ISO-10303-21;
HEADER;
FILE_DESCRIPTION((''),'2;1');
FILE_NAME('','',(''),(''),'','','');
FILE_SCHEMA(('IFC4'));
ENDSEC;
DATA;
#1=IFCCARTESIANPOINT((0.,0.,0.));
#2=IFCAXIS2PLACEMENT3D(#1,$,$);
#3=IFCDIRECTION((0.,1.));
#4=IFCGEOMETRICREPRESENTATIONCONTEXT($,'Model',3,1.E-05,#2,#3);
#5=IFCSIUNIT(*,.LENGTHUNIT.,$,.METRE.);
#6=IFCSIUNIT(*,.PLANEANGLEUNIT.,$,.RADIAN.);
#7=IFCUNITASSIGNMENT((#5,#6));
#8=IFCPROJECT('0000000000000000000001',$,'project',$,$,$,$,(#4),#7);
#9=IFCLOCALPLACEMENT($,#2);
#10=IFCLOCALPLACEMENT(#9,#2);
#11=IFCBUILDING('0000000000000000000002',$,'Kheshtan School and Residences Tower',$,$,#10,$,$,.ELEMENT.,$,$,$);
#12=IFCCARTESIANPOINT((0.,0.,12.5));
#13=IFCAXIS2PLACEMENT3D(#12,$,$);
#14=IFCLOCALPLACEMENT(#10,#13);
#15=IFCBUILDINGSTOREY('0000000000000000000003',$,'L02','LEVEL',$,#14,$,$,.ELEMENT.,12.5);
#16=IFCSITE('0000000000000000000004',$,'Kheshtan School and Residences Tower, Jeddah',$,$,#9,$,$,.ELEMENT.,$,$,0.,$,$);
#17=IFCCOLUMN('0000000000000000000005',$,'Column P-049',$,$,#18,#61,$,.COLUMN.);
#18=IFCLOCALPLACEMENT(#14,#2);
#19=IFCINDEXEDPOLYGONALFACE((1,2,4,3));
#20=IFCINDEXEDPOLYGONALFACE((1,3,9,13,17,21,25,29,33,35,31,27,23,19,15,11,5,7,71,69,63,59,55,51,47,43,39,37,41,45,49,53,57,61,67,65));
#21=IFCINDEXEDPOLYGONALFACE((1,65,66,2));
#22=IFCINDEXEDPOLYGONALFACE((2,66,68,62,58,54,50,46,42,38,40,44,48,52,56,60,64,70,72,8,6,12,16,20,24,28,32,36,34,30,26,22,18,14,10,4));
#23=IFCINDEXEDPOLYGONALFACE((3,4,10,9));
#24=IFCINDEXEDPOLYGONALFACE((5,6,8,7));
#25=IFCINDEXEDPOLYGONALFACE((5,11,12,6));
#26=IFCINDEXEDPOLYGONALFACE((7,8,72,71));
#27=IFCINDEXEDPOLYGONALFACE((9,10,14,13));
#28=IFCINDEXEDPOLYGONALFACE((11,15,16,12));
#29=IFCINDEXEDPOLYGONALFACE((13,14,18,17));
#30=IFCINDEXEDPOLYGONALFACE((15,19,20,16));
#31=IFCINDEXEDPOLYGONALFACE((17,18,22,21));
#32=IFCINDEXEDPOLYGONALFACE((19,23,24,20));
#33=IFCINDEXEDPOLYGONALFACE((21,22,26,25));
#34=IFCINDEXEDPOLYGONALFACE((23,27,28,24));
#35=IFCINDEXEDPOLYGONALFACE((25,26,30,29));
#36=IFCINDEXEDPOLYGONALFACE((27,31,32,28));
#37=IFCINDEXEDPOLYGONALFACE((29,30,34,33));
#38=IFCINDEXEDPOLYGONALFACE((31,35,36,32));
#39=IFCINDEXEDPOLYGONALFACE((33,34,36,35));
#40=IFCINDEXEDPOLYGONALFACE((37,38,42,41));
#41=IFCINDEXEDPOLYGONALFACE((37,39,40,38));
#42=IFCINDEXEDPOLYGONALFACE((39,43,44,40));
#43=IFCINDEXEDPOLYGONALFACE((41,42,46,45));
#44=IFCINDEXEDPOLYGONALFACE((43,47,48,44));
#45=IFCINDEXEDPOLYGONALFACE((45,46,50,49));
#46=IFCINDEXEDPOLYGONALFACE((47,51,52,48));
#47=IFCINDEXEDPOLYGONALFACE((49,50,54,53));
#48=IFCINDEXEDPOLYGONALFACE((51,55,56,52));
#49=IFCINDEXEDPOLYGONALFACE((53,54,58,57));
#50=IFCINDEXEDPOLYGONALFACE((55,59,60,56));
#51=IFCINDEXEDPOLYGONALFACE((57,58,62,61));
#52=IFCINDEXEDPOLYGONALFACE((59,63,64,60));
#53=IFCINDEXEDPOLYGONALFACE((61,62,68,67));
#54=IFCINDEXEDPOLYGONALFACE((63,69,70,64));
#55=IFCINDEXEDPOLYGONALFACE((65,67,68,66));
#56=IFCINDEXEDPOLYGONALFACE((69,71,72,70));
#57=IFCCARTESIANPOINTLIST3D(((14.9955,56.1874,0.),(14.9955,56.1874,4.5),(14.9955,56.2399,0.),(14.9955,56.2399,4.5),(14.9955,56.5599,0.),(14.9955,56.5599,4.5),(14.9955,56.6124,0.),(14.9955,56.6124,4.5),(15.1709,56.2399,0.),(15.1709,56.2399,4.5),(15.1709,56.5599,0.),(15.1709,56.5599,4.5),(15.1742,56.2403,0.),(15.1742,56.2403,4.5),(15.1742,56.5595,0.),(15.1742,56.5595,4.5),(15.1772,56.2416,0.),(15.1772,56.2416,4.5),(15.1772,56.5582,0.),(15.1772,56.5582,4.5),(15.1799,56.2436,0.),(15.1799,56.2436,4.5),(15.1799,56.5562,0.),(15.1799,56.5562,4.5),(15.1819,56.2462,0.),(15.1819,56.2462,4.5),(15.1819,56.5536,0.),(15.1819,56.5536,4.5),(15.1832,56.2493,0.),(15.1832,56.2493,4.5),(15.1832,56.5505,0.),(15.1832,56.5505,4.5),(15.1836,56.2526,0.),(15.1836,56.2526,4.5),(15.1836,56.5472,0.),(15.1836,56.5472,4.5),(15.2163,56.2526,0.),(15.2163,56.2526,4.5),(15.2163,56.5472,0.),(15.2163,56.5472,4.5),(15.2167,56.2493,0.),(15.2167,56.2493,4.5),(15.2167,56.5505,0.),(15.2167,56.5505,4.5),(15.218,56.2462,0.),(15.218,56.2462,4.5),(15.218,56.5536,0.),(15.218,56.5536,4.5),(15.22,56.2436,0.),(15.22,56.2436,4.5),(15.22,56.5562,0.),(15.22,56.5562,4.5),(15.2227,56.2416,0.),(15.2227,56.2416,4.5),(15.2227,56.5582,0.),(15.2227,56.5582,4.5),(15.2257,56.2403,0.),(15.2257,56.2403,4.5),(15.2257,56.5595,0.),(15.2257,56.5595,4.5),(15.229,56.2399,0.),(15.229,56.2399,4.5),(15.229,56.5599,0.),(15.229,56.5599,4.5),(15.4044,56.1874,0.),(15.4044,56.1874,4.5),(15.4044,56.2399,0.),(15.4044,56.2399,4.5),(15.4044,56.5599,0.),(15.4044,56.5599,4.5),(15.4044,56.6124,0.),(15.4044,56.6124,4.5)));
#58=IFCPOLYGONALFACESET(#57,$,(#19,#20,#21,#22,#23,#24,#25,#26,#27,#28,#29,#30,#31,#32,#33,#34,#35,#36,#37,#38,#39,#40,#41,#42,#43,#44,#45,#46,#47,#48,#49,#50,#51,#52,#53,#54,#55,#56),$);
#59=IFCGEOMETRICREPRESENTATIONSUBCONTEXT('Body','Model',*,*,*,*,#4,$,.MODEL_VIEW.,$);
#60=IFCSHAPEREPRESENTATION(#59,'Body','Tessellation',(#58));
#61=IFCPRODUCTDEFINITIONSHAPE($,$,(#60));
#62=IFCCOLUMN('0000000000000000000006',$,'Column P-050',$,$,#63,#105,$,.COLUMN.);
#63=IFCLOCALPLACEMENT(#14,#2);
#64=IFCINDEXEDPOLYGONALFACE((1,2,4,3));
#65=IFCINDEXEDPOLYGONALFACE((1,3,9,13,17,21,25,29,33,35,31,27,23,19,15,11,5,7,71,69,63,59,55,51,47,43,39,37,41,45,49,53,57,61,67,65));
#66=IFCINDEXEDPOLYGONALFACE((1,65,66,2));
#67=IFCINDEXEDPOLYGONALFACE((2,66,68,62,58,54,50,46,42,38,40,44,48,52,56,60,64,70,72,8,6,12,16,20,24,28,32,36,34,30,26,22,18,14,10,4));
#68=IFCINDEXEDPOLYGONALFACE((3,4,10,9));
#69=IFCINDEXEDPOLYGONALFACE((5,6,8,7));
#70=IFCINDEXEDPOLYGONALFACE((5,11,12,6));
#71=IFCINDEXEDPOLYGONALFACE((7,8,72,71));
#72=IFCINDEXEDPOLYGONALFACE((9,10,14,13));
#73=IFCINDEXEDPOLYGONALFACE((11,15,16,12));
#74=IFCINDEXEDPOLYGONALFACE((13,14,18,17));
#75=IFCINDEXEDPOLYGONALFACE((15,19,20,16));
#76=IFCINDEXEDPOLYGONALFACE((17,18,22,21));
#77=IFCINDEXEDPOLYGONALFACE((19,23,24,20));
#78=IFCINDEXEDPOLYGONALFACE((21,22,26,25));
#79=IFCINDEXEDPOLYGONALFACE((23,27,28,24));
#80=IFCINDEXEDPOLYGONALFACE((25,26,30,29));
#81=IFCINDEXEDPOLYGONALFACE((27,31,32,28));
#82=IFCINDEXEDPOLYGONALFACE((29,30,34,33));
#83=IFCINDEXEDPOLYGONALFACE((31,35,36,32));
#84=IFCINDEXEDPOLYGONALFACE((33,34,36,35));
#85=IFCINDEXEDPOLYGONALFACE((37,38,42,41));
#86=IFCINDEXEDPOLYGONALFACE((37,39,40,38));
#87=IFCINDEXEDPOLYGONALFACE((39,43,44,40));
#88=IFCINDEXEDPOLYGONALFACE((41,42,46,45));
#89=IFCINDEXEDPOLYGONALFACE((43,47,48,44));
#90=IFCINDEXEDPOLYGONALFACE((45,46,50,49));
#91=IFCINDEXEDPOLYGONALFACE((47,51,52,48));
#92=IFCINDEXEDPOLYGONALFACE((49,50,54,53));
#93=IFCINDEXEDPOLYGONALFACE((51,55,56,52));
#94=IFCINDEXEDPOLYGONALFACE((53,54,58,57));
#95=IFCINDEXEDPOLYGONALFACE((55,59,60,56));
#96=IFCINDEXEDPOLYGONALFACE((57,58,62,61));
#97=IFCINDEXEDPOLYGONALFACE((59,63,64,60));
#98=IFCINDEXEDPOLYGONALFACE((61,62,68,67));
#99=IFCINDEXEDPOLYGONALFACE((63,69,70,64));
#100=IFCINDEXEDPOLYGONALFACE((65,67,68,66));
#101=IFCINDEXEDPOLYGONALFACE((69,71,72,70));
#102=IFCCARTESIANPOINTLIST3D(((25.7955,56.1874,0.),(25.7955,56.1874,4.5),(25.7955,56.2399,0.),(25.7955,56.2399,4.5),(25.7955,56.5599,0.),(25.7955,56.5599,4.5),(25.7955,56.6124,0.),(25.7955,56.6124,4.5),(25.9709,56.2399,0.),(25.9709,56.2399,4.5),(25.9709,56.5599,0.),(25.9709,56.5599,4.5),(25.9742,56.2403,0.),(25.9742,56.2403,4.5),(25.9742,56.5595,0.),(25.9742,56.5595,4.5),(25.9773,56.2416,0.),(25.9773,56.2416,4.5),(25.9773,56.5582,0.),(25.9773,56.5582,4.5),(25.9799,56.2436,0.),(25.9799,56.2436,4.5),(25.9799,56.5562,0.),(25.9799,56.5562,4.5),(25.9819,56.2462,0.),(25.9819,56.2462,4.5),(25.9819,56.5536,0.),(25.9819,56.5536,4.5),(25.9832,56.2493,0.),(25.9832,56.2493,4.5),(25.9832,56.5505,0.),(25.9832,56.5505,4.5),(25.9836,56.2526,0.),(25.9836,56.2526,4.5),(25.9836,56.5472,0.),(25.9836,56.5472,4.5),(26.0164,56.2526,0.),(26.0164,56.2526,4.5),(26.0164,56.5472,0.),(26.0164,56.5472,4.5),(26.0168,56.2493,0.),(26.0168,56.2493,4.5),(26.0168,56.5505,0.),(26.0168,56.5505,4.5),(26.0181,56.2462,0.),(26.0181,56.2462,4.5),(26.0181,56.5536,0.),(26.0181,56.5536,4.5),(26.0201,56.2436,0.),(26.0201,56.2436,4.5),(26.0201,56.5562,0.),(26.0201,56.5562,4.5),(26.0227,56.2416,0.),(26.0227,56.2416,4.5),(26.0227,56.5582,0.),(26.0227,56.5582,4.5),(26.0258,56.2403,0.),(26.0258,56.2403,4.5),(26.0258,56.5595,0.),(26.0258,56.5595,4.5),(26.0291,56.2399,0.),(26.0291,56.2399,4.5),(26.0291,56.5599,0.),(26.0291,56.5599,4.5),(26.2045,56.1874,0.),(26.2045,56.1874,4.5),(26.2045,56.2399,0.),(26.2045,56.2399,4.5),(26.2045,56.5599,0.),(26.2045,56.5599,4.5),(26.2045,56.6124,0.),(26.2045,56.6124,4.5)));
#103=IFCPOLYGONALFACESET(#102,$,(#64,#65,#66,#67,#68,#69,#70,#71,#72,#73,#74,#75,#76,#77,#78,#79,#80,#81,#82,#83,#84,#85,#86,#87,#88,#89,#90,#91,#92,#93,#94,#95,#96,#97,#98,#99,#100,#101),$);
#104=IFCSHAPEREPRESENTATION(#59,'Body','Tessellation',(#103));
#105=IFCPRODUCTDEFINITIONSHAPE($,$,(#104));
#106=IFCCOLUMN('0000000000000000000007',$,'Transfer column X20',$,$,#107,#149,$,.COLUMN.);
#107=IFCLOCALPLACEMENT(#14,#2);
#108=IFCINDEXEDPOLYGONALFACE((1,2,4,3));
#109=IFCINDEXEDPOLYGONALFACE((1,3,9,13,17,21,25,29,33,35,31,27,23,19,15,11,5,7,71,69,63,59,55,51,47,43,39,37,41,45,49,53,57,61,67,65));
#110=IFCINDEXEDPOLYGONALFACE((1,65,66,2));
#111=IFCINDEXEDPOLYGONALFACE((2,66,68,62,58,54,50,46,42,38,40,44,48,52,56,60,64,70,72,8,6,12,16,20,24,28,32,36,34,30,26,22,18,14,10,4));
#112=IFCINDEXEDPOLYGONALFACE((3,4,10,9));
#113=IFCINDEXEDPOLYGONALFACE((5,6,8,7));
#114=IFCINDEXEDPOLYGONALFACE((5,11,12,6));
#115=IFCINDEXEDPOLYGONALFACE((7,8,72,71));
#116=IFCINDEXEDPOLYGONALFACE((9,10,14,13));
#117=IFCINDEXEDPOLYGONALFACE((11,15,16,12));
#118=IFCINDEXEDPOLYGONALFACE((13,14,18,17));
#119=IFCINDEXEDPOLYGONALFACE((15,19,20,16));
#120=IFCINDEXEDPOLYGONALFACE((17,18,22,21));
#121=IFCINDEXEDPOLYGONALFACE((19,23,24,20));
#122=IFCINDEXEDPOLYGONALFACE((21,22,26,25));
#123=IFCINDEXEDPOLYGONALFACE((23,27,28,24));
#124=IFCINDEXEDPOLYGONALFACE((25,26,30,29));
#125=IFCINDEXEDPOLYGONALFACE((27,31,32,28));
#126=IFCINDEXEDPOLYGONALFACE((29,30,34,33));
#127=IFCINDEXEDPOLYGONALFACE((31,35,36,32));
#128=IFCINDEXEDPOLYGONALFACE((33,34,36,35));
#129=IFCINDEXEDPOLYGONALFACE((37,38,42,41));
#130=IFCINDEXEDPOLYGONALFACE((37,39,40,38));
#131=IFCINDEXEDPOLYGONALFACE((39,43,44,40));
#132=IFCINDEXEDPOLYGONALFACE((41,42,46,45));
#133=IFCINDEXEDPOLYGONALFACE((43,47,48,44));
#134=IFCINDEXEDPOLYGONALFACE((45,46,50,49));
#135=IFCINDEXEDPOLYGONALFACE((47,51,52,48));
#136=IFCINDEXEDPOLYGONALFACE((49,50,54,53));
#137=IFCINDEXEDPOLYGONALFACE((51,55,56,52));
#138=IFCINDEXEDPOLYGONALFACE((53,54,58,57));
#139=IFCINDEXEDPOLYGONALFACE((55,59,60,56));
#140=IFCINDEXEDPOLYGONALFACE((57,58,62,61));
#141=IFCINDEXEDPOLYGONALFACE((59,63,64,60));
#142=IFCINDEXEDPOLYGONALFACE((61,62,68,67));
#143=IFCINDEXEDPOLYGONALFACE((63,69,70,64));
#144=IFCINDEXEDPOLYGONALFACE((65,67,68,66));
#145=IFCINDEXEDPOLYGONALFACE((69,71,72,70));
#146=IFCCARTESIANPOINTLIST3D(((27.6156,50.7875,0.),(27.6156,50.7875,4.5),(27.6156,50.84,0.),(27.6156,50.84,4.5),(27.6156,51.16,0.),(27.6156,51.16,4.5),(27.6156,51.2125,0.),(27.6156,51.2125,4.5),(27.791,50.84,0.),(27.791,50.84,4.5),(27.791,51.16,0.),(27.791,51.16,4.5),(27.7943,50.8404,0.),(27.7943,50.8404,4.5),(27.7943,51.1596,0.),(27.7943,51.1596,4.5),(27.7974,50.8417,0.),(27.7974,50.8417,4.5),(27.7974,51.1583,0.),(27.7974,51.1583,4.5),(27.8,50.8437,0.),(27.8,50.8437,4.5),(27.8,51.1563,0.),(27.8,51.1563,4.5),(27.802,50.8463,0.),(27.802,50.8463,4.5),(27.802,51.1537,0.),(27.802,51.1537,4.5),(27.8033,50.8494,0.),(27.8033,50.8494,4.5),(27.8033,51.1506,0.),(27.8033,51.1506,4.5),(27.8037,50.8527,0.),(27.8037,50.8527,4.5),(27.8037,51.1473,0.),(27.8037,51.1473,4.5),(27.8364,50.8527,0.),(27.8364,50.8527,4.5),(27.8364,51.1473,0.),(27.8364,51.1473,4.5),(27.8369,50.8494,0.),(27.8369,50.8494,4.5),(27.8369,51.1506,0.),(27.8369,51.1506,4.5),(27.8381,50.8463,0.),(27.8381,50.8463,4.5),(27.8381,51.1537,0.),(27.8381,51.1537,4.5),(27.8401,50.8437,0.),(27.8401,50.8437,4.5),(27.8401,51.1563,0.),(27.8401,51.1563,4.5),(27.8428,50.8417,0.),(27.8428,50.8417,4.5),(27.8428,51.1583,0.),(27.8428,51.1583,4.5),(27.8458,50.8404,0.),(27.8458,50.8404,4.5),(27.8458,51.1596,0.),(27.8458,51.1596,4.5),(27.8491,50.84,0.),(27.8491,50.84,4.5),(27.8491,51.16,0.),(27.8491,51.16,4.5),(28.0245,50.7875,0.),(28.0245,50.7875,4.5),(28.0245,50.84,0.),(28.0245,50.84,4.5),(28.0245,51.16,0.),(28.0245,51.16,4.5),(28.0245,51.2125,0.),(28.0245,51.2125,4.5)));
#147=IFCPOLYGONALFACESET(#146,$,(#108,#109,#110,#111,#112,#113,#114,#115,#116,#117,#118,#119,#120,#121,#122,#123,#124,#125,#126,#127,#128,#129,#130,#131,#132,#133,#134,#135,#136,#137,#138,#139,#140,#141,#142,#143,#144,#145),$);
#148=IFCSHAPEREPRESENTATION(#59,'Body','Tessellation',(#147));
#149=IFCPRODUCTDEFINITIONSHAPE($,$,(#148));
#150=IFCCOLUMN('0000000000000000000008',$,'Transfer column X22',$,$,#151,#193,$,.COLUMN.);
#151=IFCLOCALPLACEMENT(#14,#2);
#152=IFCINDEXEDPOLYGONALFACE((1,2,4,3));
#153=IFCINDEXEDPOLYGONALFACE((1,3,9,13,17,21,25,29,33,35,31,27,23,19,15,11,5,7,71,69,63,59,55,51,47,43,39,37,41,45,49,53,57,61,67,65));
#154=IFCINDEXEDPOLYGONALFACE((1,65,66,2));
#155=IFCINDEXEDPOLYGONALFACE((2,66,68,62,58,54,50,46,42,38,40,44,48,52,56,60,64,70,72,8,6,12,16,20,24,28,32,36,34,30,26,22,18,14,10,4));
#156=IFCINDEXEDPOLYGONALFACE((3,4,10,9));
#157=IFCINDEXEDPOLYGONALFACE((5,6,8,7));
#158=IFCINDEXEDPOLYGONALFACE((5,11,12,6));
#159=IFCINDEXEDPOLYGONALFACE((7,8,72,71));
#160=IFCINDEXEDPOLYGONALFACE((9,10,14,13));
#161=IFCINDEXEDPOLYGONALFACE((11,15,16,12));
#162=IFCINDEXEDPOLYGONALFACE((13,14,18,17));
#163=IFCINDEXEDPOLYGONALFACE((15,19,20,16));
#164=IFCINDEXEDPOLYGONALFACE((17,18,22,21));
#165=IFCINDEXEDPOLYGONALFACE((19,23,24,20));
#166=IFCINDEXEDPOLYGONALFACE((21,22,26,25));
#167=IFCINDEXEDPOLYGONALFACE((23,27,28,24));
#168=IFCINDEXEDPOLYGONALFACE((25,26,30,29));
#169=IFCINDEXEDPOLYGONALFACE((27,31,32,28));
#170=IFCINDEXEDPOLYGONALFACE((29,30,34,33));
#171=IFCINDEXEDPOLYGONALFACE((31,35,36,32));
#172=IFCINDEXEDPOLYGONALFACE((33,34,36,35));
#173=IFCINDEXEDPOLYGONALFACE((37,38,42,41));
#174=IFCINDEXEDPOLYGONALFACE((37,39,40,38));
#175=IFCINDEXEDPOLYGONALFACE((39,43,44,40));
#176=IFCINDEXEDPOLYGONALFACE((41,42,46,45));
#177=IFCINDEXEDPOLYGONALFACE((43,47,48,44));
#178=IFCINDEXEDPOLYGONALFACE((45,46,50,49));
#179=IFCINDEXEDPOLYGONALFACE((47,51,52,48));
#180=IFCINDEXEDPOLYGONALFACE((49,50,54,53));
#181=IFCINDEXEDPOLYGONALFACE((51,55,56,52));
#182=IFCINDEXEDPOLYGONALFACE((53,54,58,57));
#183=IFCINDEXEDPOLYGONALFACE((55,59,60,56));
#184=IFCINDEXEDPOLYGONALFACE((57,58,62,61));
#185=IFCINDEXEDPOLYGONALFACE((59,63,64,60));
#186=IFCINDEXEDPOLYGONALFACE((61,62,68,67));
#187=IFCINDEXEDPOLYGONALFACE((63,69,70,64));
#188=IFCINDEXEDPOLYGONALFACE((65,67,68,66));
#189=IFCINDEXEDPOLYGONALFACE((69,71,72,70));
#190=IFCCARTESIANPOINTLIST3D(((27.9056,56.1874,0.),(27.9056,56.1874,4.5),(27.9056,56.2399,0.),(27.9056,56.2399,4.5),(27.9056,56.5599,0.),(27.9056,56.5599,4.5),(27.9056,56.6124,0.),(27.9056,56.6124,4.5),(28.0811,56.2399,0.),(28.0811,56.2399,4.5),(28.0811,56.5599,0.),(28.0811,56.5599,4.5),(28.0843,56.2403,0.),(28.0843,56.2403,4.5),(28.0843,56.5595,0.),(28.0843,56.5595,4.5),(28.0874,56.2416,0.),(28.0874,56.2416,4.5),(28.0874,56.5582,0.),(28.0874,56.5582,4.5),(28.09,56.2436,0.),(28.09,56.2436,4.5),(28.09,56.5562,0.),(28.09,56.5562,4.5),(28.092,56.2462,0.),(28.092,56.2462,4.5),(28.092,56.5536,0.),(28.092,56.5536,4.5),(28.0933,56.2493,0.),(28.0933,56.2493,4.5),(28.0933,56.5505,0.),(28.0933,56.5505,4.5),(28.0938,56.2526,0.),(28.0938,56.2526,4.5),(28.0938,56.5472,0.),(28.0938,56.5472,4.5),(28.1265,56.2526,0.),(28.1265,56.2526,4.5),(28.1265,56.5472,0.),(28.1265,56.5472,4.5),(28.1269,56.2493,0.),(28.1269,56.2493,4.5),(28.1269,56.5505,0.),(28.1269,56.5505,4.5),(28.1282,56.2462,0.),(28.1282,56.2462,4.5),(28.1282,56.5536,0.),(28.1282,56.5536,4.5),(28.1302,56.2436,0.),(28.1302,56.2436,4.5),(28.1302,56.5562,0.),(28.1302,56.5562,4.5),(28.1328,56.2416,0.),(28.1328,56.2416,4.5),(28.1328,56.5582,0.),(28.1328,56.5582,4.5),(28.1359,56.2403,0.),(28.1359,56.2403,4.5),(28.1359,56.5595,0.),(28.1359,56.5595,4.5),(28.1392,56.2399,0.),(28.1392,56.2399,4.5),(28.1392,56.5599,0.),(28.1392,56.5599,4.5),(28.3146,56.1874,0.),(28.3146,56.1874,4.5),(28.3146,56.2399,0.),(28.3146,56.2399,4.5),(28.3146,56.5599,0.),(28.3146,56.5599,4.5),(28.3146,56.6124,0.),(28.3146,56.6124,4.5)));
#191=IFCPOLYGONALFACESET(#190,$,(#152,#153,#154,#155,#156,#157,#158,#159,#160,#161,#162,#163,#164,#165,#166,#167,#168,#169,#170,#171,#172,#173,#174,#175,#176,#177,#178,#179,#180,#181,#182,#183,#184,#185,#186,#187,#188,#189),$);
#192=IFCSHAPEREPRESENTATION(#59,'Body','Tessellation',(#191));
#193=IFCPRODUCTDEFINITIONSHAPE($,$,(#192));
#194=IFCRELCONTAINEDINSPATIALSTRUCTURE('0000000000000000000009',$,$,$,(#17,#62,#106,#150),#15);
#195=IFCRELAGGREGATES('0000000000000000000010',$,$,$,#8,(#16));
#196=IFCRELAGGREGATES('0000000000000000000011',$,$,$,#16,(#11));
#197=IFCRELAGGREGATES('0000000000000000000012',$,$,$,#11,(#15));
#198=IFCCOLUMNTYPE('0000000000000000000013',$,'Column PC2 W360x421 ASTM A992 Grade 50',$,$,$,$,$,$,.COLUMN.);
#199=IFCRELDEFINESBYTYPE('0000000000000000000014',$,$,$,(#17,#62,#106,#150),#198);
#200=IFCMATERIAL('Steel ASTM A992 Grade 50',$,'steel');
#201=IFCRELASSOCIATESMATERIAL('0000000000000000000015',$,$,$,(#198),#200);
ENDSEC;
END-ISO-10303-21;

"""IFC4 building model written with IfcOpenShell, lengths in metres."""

from ifc_helpers import new_model, si_unit, direction, frame, origin, origin_2d, place, context, subcontext, project, spatial, i_section, extrude, material, material_profile, profile_set, type_object, element, save


model = new_model("IFC4")

# Units and contexts
model_context = context("Model", 3, precision=1e-05, world=origin(), true_north=direction((0.0, 1.0)))
body_context = subcontext(model_context, "Body", "Model", "MODEL_VIEW")
ifc_project = project(units=[si_unit("LENGTHUNIT", "METRE"), si_unit("PLANEANGLEUNIT", "RADIAN")], contexts=[model_context])

# Site, building, storey
site_placement = place(None, origin())
site = spatial("IfcSite", under=ifc_project, at=site_placement, Name="Kheshtan School and Residences Tower, Jeddah", CompositionType="ELEMENT", RefElevation=0.0)
building_placement = place(site_placement, origin())
building = spatial("IfcBuilding", under=site, at=building_placement, Name="Kheshtan School and Residences Tower", CompositionType="ELEMENT")
storey_placement = place(building_placement, frame((0.0, 0.0, 12.5)))
storey = spatial("IfcBuildingStorey", under=building, at=storey_placement, Name="L02", Description="LEVEL", CompositionType="ELEMENT", Elevation=12.5)

# Columns
ifc_material_1 = material(Name="Steel ASTM A992 Grade 50", Category="steel")
ifc_material_profile_1 = material_profile(ifc_material_1, i_section(OverallWidth=0.4089, OverallDepth=0.425, WebThickness=0.0327, FlangeThickness=0.0525, FilletRadius=0.0127, at=origin_2d()), Name="W360x421")
ifc_profile_set_1 = profile_set([ifc_material_profile_1], Name="Steel ASTM A992 Grade 50")
column_type = type_object("IfcColumnType", Name="Column PC2 W360x421 ASTM A992 Grade 50", PredefinedType="COLUMN", material=ifc_profile_set_1)
for number, where, z_axis, x_axis, name in (
    (1, (15.2, 56.3999, 0.0), (0.0, 0.0, 1.0), (1.0, 0.0, 0.0), "Column P-049"),
    (2, (26.0, 56.3999, 0.0), (0.0, 0.0, 1.0), (1.0, 0.0, 0.0), "Column P-050"),
    (3, (27.8201, 51.0, 0.0), (0.0, 0.0, 1.0), (1.0, 0.0, 0.0), "Transfer column X20"),
    (4, (28.1101, 56.3999, 0.0), (0.0, 0.0, 1.0), (1.0, 0.0, 0.0), "Transfer column X22"),
):
    element("IfcColumn", number, at=place(storey_placement, frame(where, z_axis=z_axis, x_axis=x_axis)), inside=storey, type_object=column_type, Name=name, PredefinedType="COLUMN", context=body_context, shape_type="SweptSolid", body=[
        extrude(i_section(OverallWidth=0.4089, OverallDepth=0.425, WebThickness=0.0327, FlangeThickness=0.0525, FilletRadius=0.0127, at=origin_2d()), origin(), (0.0, 0.0, 1.0), 4.5),
    ])

save(model, "model.ifc")
